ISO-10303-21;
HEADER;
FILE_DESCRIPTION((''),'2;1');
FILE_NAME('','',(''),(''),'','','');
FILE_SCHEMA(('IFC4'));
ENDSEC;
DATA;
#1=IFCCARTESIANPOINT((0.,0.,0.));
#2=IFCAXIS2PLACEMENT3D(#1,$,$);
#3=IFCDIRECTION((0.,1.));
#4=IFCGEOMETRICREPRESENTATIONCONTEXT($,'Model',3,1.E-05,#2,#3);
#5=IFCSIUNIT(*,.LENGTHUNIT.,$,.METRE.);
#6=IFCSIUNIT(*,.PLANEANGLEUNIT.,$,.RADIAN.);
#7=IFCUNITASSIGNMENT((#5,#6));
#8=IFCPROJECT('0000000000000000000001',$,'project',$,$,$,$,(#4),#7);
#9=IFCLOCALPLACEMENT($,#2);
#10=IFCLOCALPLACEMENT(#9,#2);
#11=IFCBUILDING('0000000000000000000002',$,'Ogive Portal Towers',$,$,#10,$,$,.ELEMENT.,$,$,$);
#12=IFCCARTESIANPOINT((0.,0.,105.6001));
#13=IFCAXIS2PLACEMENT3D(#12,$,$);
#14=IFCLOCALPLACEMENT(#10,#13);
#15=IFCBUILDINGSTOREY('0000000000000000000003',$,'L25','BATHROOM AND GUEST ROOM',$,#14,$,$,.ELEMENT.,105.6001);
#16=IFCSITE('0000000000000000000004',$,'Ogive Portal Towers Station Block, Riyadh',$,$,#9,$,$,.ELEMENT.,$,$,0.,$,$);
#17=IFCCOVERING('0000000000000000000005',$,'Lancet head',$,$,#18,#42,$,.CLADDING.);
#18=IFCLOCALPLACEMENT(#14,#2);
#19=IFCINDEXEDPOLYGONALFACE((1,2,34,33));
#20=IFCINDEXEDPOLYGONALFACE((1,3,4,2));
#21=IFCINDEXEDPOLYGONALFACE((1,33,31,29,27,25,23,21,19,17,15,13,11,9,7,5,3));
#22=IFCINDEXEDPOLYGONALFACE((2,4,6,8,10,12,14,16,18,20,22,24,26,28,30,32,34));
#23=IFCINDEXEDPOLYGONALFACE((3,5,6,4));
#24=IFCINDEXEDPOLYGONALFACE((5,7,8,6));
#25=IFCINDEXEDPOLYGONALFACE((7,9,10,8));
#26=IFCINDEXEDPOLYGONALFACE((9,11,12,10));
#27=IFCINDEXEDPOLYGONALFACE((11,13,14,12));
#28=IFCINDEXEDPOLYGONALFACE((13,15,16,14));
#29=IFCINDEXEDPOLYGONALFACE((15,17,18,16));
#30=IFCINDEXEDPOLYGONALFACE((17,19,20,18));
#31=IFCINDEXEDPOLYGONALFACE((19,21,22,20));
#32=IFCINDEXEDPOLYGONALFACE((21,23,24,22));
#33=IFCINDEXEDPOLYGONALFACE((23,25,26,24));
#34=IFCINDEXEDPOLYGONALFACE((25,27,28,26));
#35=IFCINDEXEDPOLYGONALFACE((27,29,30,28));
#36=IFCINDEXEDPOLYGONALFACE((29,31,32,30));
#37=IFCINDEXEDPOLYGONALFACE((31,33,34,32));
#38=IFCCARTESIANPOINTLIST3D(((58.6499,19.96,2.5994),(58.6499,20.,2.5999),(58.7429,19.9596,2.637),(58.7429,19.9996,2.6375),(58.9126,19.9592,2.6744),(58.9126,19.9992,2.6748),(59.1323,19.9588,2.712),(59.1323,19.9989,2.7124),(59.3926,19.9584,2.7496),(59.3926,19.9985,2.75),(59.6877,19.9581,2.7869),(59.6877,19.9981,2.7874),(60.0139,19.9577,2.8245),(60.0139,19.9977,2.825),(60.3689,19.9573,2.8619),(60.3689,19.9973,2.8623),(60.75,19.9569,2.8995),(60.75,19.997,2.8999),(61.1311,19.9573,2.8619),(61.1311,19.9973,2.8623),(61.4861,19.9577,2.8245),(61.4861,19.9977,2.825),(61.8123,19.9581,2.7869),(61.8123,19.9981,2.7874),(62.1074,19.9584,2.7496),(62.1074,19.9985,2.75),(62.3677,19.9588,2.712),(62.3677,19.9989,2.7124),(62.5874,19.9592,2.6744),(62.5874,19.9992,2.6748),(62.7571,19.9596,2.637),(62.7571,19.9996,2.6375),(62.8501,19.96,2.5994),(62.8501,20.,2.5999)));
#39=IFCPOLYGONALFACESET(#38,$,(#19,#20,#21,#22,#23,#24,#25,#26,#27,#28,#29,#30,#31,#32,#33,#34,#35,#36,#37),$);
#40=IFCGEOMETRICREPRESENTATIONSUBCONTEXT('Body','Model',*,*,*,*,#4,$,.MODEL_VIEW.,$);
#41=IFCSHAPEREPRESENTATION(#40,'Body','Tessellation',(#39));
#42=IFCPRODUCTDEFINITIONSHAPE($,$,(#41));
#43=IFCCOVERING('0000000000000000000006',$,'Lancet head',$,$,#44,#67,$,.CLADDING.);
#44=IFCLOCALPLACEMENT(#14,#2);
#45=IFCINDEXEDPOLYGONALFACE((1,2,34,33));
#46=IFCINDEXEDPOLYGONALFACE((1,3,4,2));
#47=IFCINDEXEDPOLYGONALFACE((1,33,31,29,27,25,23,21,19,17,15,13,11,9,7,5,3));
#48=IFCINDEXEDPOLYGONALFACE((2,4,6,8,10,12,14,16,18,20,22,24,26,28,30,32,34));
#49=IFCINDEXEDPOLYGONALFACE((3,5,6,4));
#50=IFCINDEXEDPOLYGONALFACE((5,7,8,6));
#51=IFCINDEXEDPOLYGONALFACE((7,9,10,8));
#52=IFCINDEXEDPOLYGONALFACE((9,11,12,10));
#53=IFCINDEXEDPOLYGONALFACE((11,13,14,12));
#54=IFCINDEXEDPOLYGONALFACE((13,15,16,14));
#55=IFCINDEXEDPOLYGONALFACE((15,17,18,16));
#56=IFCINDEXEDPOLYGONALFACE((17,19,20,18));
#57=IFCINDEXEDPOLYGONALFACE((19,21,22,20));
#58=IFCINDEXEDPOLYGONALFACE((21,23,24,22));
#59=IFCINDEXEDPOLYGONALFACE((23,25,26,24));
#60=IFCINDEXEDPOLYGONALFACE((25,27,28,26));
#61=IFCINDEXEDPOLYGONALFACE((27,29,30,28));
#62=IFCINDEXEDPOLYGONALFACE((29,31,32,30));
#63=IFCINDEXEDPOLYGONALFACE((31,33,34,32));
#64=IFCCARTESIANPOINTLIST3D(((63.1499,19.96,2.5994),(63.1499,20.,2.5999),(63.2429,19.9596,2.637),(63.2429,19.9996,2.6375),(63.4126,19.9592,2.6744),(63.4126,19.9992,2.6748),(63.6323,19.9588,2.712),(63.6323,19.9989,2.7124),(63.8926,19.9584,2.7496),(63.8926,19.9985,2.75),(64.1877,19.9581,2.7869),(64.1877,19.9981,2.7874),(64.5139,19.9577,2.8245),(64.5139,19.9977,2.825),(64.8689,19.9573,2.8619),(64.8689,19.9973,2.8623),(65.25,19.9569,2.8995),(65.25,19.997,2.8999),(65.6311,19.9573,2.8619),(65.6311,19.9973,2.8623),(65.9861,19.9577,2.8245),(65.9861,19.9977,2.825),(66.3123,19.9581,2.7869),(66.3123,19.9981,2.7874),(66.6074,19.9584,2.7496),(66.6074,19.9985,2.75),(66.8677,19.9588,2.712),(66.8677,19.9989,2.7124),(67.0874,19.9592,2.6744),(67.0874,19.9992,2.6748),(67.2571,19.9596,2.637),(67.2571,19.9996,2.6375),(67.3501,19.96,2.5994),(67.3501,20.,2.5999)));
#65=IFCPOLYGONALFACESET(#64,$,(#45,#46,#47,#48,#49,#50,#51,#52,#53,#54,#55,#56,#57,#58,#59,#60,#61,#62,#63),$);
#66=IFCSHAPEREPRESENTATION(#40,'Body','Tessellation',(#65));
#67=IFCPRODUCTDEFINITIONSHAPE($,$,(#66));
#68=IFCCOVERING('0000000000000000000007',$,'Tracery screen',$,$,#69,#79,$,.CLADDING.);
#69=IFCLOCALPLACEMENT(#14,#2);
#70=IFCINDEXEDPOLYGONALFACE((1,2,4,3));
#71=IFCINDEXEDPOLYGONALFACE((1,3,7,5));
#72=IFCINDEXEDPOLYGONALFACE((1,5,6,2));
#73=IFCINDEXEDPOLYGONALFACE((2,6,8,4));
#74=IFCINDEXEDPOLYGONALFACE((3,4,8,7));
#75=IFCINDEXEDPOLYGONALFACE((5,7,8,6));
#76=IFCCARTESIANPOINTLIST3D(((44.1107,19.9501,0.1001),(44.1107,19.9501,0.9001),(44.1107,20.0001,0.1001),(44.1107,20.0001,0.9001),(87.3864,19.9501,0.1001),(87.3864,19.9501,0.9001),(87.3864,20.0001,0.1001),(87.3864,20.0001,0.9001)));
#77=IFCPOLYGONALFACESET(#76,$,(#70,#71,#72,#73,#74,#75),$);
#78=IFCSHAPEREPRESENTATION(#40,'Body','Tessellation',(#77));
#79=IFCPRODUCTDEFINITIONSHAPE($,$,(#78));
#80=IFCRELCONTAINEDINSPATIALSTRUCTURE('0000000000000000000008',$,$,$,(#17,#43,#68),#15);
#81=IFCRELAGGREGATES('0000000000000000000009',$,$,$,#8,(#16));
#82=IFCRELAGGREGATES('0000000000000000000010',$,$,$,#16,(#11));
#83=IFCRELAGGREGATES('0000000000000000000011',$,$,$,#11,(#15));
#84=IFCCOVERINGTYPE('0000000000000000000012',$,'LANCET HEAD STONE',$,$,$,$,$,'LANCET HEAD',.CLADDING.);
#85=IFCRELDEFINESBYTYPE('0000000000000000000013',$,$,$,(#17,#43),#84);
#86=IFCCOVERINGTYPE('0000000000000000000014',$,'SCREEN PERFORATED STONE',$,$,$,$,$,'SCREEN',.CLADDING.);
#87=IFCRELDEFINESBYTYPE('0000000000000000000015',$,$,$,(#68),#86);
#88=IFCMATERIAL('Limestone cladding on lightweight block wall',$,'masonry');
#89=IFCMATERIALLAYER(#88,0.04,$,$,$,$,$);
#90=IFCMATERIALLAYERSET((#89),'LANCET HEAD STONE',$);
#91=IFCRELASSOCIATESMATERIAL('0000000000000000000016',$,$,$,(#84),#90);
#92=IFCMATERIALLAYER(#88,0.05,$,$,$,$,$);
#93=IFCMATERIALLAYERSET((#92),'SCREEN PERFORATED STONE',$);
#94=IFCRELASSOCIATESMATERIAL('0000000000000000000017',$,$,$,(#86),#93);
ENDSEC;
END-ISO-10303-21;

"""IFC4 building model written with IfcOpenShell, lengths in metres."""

from ifc_helpers import new_model, si_unit, direction, frame, origin, origin_2d, place, context, subcontext, project, spatial, polyline, rectangle, outline, extrude, material, layer, layer_set, type_object, element, save


model = new_model("IFC4")

# Units and contexts
model_context = context("Model", 3, precision=1e-05, world=origin(), true_north=direction((0.0, 1.0)))
body_context = subcontext(model_context, "Body", "Model", "MODEL_VIEW")
ifc_project = project(units=[si_unit("LENGTHUNIT", "METRE"), si_unit("PLANEANGLEUNIT", "RADIAN")], contexts=[model_context])

# Site, building, storey
site_placement = place(None, origin())
site = spatial("IfcSite", under=ifc_project, at=site_placement, Name="Ogive Portal Towers Station Block, Riyadh", CompositionType="ELEMENT", RefElevation=0.0)
building_placement = place(site_placement, origin())
building = spatial("IfcBuilding", under=site, at=building_placement, Name="Ogive Portal Towers", CompositionType="ELEMENT")
storey_placement = place(building_placement, frame((0.0, 0.0, 105.6001)))
storey = spatial("IfcBuildingStorey", under=building, at=storey_placement, Name="L25", Description="BATHROOM AND GUEST ROOM", CompositionType="ELEMENT", Elevation=105.6001)

# Coverings
ifc_material_1 = material(Name="Limestone cladding on lightweight block wall", Category="masonry")
ifc_layer_1 = layer(ifc_material_1, 0.04)
ifc_layer_set_1 = layer_set([ifc_layer_1], Name="LANCET HEAD STONE")
covering_type_1 = type_object("IfcCoveringType", Name="LANCET HEAD STONE", ElementType="LANCET HEAD", PredefinedType="CLADDING", material=ifc_layer_set_1)
for number, where, z_axis, x_axis, name in (
    (1, (58.6499, 20.0, 2.5999), (0.0, 0.999949, 0.010103), (1.0, 0.0, 0.0), "Lancet head"),
    (2, (63.1499, 20.0, 2.5999), (0.0, 0.999949, 0.010103), (1.0, 0.0, 0.0), "Lancet head"),
):
    element("IfcCovering", number, at=place(storey_placement, frame(where, z_axis=z_axis, x_axis=x_axis)), inside=storey, type_object=covering_type_1, Name=name, PredefinedType="CLADDING", context=body_context, shape_type="SweptSolid", body=[
        extrude(outline(polyline([(0.0, 0.0), (4.2002, 0.0), (4.1072, -0.0376), (3.9375, -0.075), (3.7178, -0.1126), (3.4575, -0.1502), (3.1624, -0.1875), (2.8362, -0.2251), (2.4812, -0.2625), (2.1001, -0.3001), (1.719, -0.2625), (1.364, -0.2251), (1.0378, -0.1875), (0.7427, -0.1502), (0.4824, -0.1126), (0.2627, -0.075), (0.093, -0.0376), (0.0, 0.0)])), origin(), (0.0, 0.0, -1.0), 0.04),
    ])
ifc_layer_2 = layer(ifc_material_1, 0.05)
ifc_layer_set_2 = layer_set([ifc_layer_2], Name="SCREEN PERFORATED STONE")
covering_type_2 = type_object("IfcCoveringType", Name="SCREEN PERFORATED STONE", ElementType="SCREEN", PredefinedType="CLADDING", material=ifc_layer_set_2)
covering_placement = place(storey_placement, frame((65.7485, 19.9751, 0.1001), z_axis=(0.0, 0.0, 1.0), x_axis=(1.0, 0.0, 0.0)))
element("IfcCovering", 3, at=covering_placement, inside=storey, type_object=covering_type_2, Name="Tracery screen", PredefinedType="CLADDING", context=body_context, shape_type="SweptSolid", body=[
    extrude(rectangle(XDim=43.2756, YDim=0.05, at=origin_2d()), origin(), (0.0, 0.0, 1.0), 0.8),
])

save(model, "model.ifc")
